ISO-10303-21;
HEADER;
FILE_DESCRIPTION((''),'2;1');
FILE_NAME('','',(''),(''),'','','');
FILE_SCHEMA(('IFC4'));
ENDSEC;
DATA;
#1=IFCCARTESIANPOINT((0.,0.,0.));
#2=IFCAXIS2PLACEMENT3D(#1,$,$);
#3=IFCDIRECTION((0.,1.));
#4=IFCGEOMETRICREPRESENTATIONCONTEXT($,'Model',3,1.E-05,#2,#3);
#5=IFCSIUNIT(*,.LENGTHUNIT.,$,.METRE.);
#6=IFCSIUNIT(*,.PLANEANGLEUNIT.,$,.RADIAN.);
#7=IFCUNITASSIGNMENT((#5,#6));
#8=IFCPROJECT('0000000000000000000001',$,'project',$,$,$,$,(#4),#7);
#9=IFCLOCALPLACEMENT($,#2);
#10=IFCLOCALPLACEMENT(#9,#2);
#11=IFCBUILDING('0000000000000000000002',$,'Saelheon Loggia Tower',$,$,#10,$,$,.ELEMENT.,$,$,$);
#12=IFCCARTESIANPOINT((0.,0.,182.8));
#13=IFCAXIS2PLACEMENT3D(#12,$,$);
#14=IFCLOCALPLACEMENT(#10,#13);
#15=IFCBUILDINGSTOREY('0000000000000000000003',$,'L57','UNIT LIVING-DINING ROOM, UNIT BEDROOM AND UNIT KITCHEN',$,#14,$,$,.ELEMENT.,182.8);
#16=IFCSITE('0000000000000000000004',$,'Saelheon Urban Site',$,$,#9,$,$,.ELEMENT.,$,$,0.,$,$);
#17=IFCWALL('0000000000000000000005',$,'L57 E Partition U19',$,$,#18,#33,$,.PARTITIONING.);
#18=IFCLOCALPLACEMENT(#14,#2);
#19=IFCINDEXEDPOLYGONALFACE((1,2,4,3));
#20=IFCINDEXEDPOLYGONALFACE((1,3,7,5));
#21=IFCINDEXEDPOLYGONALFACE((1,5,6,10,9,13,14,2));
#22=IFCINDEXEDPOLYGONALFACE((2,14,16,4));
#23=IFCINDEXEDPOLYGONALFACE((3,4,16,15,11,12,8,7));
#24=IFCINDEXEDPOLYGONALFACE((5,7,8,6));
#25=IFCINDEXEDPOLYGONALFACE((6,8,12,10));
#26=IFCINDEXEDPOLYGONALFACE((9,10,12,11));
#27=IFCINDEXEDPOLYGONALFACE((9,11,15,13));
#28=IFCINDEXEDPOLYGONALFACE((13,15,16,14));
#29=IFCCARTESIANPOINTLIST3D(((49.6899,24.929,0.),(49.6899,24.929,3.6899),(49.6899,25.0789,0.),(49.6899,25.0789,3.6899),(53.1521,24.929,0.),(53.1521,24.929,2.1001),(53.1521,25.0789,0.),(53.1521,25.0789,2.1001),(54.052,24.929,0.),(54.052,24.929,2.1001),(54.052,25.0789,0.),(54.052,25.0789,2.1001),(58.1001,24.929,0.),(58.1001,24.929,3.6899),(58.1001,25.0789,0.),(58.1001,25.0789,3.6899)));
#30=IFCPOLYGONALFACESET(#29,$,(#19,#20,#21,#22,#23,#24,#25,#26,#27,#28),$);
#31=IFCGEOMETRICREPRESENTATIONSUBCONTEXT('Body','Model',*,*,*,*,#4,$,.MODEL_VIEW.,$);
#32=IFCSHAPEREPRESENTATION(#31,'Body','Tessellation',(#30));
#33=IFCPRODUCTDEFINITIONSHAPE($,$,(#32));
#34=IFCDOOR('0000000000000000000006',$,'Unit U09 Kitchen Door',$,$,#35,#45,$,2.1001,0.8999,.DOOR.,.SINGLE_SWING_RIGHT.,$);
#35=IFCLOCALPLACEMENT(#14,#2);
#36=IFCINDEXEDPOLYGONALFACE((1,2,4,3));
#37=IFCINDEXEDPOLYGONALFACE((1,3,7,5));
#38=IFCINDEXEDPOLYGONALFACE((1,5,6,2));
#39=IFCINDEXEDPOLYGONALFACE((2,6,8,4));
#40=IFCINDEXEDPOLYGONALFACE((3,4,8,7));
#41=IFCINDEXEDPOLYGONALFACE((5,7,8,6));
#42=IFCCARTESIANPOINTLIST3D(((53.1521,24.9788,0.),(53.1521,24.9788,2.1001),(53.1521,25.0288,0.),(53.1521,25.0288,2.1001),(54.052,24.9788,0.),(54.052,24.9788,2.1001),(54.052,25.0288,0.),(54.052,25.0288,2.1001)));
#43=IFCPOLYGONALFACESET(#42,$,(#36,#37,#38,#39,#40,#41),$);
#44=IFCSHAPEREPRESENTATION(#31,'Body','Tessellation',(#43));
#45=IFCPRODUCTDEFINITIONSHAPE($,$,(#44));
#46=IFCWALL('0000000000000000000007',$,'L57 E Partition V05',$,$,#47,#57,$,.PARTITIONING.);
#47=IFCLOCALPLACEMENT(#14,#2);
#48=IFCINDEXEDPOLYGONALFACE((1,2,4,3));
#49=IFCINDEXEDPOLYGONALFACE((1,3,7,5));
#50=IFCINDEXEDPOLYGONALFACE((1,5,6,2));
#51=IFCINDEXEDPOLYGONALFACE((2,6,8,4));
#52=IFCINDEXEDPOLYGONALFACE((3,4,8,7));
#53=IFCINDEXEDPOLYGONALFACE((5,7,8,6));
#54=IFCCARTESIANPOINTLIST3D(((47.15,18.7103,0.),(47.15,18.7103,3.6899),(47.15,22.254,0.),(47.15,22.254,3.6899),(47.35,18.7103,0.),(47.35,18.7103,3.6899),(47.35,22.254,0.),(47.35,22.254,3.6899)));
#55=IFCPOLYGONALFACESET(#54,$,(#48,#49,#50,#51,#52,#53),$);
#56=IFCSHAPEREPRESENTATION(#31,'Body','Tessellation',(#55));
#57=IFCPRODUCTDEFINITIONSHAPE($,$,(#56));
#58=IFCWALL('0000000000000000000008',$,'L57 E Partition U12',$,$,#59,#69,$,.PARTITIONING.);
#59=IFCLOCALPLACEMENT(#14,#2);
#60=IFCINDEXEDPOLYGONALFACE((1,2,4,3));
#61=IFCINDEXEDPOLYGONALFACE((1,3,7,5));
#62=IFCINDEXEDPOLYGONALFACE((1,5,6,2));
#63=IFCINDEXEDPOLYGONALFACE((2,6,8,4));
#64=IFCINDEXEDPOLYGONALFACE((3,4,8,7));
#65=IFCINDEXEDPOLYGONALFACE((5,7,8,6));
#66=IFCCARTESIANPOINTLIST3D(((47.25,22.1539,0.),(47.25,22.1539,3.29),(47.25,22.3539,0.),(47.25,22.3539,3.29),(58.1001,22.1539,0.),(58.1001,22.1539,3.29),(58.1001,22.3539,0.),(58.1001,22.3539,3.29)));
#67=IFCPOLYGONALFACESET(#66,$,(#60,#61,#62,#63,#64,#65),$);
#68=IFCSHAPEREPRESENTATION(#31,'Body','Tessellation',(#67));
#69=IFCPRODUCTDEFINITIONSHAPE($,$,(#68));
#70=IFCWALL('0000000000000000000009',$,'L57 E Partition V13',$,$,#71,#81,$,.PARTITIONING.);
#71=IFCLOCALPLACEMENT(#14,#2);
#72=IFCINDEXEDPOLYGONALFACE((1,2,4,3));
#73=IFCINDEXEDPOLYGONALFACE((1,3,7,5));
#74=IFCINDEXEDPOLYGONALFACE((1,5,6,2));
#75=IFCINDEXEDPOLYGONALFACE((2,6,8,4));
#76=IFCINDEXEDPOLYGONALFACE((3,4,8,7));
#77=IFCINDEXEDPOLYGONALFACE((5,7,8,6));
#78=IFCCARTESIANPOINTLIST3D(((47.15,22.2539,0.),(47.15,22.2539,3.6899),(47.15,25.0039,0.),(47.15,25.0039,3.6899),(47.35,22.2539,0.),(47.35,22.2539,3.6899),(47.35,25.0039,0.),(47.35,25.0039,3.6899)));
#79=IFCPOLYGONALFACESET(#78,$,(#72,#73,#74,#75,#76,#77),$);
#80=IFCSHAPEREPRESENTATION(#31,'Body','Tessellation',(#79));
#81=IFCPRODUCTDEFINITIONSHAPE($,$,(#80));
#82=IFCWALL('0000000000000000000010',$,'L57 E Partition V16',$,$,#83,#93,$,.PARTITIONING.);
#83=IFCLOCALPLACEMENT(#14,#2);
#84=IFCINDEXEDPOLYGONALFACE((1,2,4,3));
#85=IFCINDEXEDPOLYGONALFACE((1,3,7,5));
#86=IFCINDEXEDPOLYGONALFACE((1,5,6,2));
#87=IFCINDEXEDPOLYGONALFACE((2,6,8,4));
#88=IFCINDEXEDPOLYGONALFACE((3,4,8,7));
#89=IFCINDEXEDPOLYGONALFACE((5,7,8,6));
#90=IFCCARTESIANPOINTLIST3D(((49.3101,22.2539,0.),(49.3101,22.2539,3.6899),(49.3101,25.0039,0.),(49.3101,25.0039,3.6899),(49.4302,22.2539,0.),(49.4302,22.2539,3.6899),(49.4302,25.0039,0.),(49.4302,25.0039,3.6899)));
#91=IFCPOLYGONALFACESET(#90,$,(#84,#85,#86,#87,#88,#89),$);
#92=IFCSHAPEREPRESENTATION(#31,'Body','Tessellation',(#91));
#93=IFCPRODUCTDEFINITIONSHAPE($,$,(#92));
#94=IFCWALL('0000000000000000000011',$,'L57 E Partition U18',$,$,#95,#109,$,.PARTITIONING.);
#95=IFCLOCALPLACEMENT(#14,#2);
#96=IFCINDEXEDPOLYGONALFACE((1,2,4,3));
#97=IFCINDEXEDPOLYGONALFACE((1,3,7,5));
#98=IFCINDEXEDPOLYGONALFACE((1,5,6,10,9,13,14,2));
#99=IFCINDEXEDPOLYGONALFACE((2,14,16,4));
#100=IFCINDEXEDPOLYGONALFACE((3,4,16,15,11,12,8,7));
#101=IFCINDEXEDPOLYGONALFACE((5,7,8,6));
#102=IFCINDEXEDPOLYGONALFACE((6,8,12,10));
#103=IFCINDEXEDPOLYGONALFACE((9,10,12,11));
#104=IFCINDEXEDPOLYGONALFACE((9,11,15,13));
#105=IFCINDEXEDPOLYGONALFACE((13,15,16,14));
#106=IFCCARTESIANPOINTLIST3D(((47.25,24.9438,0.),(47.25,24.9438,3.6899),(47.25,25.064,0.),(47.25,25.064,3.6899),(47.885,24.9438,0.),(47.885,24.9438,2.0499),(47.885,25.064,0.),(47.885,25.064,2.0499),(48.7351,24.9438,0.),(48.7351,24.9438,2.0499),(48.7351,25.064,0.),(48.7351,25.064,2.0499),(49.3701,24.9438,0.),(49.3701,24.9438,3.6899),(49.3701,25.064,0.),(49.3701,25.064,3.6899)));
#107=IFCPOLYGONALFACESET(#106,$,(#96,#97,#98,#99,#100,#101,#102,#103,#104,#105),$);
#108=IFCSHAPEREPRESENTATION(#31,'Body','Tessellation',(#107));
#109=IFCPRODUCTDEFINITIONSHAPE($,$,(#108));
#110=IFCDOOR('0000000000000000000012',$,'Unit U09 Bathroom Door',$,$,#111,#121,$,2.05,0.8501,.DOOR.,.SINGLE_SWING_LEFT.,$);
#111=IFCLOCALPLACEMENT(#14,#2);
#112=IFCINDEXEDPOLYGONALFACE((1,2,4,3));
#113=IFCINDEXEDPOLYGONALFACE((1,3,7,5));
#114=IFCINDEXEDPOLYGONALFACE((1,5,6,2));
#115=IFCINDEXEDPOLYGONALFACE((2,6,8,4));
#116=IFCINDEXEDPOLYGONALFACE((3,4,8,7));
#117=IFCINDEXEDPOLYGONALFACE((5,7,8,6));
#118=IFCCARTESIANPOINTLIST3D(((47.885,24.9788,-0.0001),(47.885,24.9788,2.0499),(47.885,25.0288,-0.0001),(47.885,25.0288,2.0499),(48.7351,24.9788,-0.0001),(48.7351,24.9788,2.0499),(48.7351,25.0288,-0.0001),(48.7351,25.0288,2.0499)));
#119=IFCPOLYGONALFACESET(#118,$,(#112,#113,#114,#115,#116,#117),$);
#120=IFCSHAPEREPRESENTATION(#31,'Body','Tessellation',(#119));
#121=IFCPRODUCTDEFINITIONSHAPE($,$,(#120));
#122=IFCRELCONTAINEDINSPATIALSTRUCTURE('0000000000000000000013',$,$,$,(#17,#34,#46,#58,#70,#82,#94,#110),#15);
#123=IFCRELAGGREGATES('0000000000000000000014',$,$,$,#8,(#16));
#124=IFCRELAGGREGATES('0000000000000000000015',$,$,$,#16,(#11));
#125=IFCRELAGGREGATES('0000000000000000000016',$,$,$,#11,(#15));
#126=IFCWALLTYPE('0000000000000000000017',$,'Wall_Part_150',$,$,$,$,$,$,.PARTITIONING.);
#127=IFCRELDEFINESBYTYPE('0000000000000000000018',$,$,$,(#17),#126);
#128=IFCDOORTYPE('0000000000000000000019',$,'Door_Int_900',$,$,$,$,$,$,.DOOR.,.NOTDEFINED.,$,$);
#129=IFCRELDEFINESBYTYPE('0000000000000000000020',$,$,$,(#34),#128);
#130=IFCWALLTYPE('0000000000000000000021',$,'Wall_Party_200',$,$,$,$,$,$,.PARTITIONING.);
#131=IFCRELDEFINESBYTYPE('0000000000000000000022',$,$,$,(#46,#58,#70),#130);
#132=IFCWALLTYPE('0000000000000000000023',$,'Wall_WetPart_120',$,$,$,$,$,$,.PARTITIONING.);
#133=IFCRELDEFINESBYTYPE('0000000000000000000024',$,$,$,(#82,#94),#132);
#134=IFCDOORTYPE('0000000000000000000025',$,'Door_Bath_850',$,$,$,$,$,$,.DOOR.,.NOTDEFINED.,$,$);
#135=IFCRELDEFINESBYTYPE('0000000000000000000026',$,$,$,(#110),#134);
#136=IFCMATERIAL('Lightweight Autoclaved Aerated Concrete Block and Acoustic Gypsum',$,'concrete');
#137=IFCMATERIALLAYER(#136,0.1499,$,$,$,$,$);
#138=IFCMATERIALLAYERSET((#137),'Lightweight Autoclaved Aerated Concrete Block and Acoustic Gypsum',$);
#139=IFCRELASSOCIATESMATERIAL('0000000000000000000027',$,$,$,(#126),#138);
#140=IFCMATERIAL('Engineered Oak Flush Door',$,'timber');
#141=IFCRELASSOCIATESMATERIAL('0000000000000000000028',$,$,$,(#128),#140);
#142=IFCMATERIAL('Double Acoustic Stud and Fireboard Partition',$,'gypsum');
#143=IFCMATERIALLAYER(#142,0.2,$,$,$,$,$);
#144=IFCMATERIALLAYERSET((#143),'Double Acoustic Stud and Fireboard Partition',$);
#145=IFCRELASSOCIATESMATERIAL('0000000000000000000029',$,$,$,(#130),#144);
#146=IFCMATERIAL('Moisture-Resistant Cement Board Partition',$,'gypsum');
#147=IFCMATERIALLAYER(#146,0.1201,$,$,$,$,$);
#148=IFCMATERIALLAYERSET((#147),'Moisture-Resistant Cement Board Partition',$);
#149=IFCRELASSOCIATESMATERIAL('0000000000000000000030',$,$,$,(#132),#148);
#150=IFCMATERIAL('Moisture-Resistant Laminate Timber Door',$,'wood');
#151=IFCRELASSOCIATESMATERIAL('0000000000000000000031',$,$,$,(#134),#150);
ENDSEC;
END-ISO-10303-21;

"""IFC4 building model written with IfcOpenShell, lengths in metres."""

from ifc_helpers import new_model, si_unit, direction, frame, frame_2d, origin, place, context, subcontext, project, spatial, rectangle, extrude, source, transform, mapped, material, layer, layer_set, type_object, element, fill, save


model = new_model("IFC4")

# Units and contexts
model_context = context("Model", 3, precision=1e-05, world=origin(), true_north=direction((0.0, 1.0)))
body_context = subcontext(model_context, "Body", "Model", "MODEL_VIEW")
ifc_project = project(units=[si_unit("LENGTHUNIT", "METRE"), si_unit("PLANEANGLEUNIT", "RADIAN")], contexts=[model_context])

# Site, building, storey
site_placement = place(None, origin())
site = spatial("IfcSite", under=ifc_project, at=site_placement, Name="Saelheon Urban Site", CompositionType="ELEMENT", RefElevation=0.0)
building_placement = place(site_placement, origin())
building = spatial("IfcBuilding", under=site, at=building_placement, Name="Saelheon Loggia Tower", CompositionType="ELEMENT")
storey_placement = place(building_placement, frame((0.0, 0.0, 182.8)))
storey = spatial("IfcBuildingStorey", under=building, at=storey_placement, Name="L57", Description="UNIT LIVING-DINING ROOM, UNIT BEDROOM AND UNIT KITCHEN", CompositionType="ELEMENT", Elevation=182.8)

# Shared definitions
ifc_material_1 = material(Name="Lightweight Autoclaved Aerated Concrete Block and Acoustic Gypsum", Category="concrete")
ifc_layer_1 = layer(ifc_material_1, 0.1499)
ifc_layer_set_1 = layer_set([ifc_layer_1], Name="Lightweight Autoclaved Aerated Concrete Block and Acoustic Gypsum")
wall_type_1 = type_object("IfcWallType", Name="Wall_Part_150", PredefinedType="PARTITIONING", material=ifc_layer_set_1)

# Wall, opening, door
ifc_material_2 = material(Name="Engineered Oak Flush Door", Category="timber")
door_type_1 = type_object("IfcDoorType", Name="Door_Int_900", OperationType="NOTDEFINED", PredefinedType="DOOR", material=ifc_material_2)
shared_shape_1 = source(origin(), body_context, "Body", "SweptSolid", [
    extrude(rectangle(XDim=0.8999, YDim=2.1001, at=frame_2d((0.45, 1.05))), frame((0.0, 0.0249, 0.0), z_axis=(0.0, -1.0, 0.0), x_axis=(1.0, 0.0, 0.0)), (0.0, 0.0, 1.0), 0.05),
])
wall_1_placement = place(storey_placement, frame((49.6899, 25.0039, 0.0), z_axis=(0.0, 0.0, 1.0), x_axis=(1.0, 0.0, 0.0)))
wall_1 = element("IfcWall", 1, at=wall_1_placement, inside=storey, type_object=wall_type_1, Name="L57 E Partition U19", PredefinedType="PARTITIONING", context=body_context, shape_type="SweptSolid", body=[
    extrude(rectangle(XDim=8.4102, YDim=0.1499, at=frame_2d((4.2051, 0.0))), origin(), (0.0, 0.0, 1.0), 3.6899),
])
opening_1_placement = place(wall_1_placement, frame((3.4622, 0.0, 0.0)))
opening_1 = element("IfcOpeningElement", 2, at=opening_1_placement, cuts=wall_1, PredefinedType="OPENING", context=body_context, shape_type="SweptSolid", body=[
    extrude(rectangle(XDim=0.8999, YDim=2.1001, at=frame_2d((0.45, 1.05))), frame((0.0, 0.0869, 0.0), z_axis=(0.0, -1.0, 0.0), x_axis=(1.0, 0.0, 0.0)), (0.0, 0.0, 1.0), 0.1738),
])
door_1_placement = place(opening_1_placement, origin())
door_1 = element("IfcDoor", 3, at=door_1_placement, inside=storey, type_object=door_type_1, Name="Unit U09 Kitchen Door", OperationType="SINGLE_SWING_RIGHT", OverallHeight=2.1001, OverallWidth=0.8999, PredefinedType="DOOR", context=body_context, shape_type="MappedRepresentation", body=[
    mapped(shared_shape_1, transform((0.0, 0.0, 0.0), scale=1.0)),
])
fill(opening_1, door_1)

# Walls
ifc_material_3 = material(Name="Double Acoustic Stud and Fireboard Partition", Category="gypsum")
ifc_layer_2 = layer(ifc_material_3, 0.2)
ifc_layer_set_2 = layer_set([ifc_layer_2], Name="Double Acoustic Stud and Fireboard Partition")
wall_type_2 = type_object("IfcWallType", Name="Wall_Party_200", PredefinedType="PARTITIONING", material=ifc_layer_set_2)
wall_2_placement = place(storey_placement, frame((47.25, 18.7102, 0.0), z_axis=(0.0, 0.0, 1.0), x_axis=(0.0, 1.0, 0.0)))
element("IfcWall", 4, at=wall_2_placement, inside=storey, type_object=wall_type_2, Name="L57 E Partition V05", PredefinedType="PARTITIONING", context=body_context, shape_type="SweptSolid", body=[
    extrude(rectangle(XDim=3.5437, YDim=0.2, at=frame_2d((1.772, 0.0))), origin(), (0.0, 0.0, 1.0), 3.6899),
])
wall_3_placement = place(storey_placement, frame((47.25, 22.2539, 0.0), z_axis=(0.0, 0.0, 1.0), x_axis=(1.0, 0.0, 0.0)))
element("IfcWall", 5, at=wall_3_placement, inside=storey, type_object=wall_type_2, Name="L57 E Partition U12", PredefinedType="PARTITIONING", context=body_context, shape_type="SweptSolid", body=[
    extrude(rectangle(XDim=10.8501, YDim=0.2, at=frame_2d((5.425, 0.0))), origin(), (0.0, 0.0, 1.0), 3.29),
])
wall_4_placement = place(storey_placement, frame((47.25, 22.2539, 0.0), z_axis=(0.0, 0.0, 1.0), x_axis=(0.0, 1.0, 0.0)))
element("IfcWall", 6, at=wall_4_placement, inside=storey, type_object=wall_type_2, Name="L57 E Partition V13", PredefinedType="PARTITIONING", context=body_context, shape_type="SweptSolid", body=[
    extrude(rectangle(XDim=2.75, YDim=0.2, at=frame_2d((1.375, 0.0))), origin(), (0.0, 0.0, 1.0), 3.6899),
])

# Wall
ifc_material_4 = material(Name="Moisture-Resistant Cement Board Partition", Category="gypsum")
ifc_layer_3 = layer(ifc_material_4, 0.1201)
ifc_layer_set_3 = layer_set([ifc_layer_3], Name="Moisture-Resistant Cement Board Partition")
wall_type_3 = type_object("IfcWallType", Name="Wall_WetPart_120", PredefinedType="PARTITIONING", material=ifc_layer_set_3)
wall_5_placement = place(storey_placement, frame((49.3701, 22.2539, 0.0), z_axis=(0.0, 0.0, 1.0), x_axis=(0.0, 1.0, 0.0)))
element("IfcWall", 7, at=wall_5_placement, inside=storey, type_object=wall_type_3, Name="L57 E Partition V16", PredefinedType="PARTITIONING", context=body_context, shape_type="SweptSolid", body=[
    extrude(rectangle(XDim=2.75, YDim=0.1201, at=frame_2d((1.375, 0.0))), origin(), (0.0, 0.0, 1.0), 3.6899),
])

# Wall, opening, door
wall_6_placement = place(storey_placement, frame((47.25, 25.0039, 0.0), z_axis=(0.0, 0.0, 1.0), x_axis=(1.0, 0.0, 0.0)))
wall_6 = element("IfcWall", 8, at=wall_6_placement, inside=storey, type_object=wall_type_3, Name="L57 E Partition U18", PredefinedType="PARTITIONING", context=body_context, shape_type="SweptSolid", body=[
    extrude(rectangle(XDim=2.1201, YDim=0.1201, at=frame_2d((1.0601, 0.0))), origin(), (0.0, 0.0, 1.0), 3.6899),
])
opening_2_placement = place(wall_6_placement, frame((0.635, 0.0, 0.0)))
opening_2 = element("IfcOpeningElement", 9, at=opening_2_placement, cuts=wall_6, PredefinedType="OPENING", context=body_context, shape_type="SweptSolid", body=[
    extrude(rectangle(XDim=0.8501, YDim=2.05, at=frame_2d((0.425, 1.0249))), frame((0.0, 0.072, 0.0), z_axis=(0.0, -1.0, 0.0), x_axis=(1.0, 0.0, 0.0)), (0.0, 0.0, 1.0), 0.144),
])
ifc_material_5 = material(Name="Moisture-Resistant Laminate Timber Door", Category="wood")
door_type_2 = type_object("IfcDoorType", Name="Door_Bath_850", OperationType="NOTDEFINED", PredefinedType="DOOR", material=ifc_material_5)
shared_shape_2 = source(origin(), body_context, "Body", "SweptSolid", [
    extrude(rectangle(XDim=0.8501, YDim=2.05, at=frame_2d((0.425, 1.0249))), frame((0.0, 0.0249, 0.0), z_axis=(0.0, -1.0, 0.0), x_axis=(1.0, 0.0, 0.0)), (0.0, 0.0, 1.0), 0.05),
])
door_2_placement = place(opening_2_placement, origin())
door_2 = element("IfcDoor", 10, at=door_2_placement, inside=storey, type_object=door_type_2, Name="Unit U09 Bathroom Door", OperationType="SINGLE_SWING_LEFT", OverallHeight=2.05, OverallWidth=0.8501, PredefinedType="DOOR", context=body_context, shape_type="MappedRepresentation", body=[
    mapped(shared_shape_2, transform((0.0, 0.0, 0.0), scale=1.0)),
])
fill(opening_2, door_2)

save(model, "model.ifc")
